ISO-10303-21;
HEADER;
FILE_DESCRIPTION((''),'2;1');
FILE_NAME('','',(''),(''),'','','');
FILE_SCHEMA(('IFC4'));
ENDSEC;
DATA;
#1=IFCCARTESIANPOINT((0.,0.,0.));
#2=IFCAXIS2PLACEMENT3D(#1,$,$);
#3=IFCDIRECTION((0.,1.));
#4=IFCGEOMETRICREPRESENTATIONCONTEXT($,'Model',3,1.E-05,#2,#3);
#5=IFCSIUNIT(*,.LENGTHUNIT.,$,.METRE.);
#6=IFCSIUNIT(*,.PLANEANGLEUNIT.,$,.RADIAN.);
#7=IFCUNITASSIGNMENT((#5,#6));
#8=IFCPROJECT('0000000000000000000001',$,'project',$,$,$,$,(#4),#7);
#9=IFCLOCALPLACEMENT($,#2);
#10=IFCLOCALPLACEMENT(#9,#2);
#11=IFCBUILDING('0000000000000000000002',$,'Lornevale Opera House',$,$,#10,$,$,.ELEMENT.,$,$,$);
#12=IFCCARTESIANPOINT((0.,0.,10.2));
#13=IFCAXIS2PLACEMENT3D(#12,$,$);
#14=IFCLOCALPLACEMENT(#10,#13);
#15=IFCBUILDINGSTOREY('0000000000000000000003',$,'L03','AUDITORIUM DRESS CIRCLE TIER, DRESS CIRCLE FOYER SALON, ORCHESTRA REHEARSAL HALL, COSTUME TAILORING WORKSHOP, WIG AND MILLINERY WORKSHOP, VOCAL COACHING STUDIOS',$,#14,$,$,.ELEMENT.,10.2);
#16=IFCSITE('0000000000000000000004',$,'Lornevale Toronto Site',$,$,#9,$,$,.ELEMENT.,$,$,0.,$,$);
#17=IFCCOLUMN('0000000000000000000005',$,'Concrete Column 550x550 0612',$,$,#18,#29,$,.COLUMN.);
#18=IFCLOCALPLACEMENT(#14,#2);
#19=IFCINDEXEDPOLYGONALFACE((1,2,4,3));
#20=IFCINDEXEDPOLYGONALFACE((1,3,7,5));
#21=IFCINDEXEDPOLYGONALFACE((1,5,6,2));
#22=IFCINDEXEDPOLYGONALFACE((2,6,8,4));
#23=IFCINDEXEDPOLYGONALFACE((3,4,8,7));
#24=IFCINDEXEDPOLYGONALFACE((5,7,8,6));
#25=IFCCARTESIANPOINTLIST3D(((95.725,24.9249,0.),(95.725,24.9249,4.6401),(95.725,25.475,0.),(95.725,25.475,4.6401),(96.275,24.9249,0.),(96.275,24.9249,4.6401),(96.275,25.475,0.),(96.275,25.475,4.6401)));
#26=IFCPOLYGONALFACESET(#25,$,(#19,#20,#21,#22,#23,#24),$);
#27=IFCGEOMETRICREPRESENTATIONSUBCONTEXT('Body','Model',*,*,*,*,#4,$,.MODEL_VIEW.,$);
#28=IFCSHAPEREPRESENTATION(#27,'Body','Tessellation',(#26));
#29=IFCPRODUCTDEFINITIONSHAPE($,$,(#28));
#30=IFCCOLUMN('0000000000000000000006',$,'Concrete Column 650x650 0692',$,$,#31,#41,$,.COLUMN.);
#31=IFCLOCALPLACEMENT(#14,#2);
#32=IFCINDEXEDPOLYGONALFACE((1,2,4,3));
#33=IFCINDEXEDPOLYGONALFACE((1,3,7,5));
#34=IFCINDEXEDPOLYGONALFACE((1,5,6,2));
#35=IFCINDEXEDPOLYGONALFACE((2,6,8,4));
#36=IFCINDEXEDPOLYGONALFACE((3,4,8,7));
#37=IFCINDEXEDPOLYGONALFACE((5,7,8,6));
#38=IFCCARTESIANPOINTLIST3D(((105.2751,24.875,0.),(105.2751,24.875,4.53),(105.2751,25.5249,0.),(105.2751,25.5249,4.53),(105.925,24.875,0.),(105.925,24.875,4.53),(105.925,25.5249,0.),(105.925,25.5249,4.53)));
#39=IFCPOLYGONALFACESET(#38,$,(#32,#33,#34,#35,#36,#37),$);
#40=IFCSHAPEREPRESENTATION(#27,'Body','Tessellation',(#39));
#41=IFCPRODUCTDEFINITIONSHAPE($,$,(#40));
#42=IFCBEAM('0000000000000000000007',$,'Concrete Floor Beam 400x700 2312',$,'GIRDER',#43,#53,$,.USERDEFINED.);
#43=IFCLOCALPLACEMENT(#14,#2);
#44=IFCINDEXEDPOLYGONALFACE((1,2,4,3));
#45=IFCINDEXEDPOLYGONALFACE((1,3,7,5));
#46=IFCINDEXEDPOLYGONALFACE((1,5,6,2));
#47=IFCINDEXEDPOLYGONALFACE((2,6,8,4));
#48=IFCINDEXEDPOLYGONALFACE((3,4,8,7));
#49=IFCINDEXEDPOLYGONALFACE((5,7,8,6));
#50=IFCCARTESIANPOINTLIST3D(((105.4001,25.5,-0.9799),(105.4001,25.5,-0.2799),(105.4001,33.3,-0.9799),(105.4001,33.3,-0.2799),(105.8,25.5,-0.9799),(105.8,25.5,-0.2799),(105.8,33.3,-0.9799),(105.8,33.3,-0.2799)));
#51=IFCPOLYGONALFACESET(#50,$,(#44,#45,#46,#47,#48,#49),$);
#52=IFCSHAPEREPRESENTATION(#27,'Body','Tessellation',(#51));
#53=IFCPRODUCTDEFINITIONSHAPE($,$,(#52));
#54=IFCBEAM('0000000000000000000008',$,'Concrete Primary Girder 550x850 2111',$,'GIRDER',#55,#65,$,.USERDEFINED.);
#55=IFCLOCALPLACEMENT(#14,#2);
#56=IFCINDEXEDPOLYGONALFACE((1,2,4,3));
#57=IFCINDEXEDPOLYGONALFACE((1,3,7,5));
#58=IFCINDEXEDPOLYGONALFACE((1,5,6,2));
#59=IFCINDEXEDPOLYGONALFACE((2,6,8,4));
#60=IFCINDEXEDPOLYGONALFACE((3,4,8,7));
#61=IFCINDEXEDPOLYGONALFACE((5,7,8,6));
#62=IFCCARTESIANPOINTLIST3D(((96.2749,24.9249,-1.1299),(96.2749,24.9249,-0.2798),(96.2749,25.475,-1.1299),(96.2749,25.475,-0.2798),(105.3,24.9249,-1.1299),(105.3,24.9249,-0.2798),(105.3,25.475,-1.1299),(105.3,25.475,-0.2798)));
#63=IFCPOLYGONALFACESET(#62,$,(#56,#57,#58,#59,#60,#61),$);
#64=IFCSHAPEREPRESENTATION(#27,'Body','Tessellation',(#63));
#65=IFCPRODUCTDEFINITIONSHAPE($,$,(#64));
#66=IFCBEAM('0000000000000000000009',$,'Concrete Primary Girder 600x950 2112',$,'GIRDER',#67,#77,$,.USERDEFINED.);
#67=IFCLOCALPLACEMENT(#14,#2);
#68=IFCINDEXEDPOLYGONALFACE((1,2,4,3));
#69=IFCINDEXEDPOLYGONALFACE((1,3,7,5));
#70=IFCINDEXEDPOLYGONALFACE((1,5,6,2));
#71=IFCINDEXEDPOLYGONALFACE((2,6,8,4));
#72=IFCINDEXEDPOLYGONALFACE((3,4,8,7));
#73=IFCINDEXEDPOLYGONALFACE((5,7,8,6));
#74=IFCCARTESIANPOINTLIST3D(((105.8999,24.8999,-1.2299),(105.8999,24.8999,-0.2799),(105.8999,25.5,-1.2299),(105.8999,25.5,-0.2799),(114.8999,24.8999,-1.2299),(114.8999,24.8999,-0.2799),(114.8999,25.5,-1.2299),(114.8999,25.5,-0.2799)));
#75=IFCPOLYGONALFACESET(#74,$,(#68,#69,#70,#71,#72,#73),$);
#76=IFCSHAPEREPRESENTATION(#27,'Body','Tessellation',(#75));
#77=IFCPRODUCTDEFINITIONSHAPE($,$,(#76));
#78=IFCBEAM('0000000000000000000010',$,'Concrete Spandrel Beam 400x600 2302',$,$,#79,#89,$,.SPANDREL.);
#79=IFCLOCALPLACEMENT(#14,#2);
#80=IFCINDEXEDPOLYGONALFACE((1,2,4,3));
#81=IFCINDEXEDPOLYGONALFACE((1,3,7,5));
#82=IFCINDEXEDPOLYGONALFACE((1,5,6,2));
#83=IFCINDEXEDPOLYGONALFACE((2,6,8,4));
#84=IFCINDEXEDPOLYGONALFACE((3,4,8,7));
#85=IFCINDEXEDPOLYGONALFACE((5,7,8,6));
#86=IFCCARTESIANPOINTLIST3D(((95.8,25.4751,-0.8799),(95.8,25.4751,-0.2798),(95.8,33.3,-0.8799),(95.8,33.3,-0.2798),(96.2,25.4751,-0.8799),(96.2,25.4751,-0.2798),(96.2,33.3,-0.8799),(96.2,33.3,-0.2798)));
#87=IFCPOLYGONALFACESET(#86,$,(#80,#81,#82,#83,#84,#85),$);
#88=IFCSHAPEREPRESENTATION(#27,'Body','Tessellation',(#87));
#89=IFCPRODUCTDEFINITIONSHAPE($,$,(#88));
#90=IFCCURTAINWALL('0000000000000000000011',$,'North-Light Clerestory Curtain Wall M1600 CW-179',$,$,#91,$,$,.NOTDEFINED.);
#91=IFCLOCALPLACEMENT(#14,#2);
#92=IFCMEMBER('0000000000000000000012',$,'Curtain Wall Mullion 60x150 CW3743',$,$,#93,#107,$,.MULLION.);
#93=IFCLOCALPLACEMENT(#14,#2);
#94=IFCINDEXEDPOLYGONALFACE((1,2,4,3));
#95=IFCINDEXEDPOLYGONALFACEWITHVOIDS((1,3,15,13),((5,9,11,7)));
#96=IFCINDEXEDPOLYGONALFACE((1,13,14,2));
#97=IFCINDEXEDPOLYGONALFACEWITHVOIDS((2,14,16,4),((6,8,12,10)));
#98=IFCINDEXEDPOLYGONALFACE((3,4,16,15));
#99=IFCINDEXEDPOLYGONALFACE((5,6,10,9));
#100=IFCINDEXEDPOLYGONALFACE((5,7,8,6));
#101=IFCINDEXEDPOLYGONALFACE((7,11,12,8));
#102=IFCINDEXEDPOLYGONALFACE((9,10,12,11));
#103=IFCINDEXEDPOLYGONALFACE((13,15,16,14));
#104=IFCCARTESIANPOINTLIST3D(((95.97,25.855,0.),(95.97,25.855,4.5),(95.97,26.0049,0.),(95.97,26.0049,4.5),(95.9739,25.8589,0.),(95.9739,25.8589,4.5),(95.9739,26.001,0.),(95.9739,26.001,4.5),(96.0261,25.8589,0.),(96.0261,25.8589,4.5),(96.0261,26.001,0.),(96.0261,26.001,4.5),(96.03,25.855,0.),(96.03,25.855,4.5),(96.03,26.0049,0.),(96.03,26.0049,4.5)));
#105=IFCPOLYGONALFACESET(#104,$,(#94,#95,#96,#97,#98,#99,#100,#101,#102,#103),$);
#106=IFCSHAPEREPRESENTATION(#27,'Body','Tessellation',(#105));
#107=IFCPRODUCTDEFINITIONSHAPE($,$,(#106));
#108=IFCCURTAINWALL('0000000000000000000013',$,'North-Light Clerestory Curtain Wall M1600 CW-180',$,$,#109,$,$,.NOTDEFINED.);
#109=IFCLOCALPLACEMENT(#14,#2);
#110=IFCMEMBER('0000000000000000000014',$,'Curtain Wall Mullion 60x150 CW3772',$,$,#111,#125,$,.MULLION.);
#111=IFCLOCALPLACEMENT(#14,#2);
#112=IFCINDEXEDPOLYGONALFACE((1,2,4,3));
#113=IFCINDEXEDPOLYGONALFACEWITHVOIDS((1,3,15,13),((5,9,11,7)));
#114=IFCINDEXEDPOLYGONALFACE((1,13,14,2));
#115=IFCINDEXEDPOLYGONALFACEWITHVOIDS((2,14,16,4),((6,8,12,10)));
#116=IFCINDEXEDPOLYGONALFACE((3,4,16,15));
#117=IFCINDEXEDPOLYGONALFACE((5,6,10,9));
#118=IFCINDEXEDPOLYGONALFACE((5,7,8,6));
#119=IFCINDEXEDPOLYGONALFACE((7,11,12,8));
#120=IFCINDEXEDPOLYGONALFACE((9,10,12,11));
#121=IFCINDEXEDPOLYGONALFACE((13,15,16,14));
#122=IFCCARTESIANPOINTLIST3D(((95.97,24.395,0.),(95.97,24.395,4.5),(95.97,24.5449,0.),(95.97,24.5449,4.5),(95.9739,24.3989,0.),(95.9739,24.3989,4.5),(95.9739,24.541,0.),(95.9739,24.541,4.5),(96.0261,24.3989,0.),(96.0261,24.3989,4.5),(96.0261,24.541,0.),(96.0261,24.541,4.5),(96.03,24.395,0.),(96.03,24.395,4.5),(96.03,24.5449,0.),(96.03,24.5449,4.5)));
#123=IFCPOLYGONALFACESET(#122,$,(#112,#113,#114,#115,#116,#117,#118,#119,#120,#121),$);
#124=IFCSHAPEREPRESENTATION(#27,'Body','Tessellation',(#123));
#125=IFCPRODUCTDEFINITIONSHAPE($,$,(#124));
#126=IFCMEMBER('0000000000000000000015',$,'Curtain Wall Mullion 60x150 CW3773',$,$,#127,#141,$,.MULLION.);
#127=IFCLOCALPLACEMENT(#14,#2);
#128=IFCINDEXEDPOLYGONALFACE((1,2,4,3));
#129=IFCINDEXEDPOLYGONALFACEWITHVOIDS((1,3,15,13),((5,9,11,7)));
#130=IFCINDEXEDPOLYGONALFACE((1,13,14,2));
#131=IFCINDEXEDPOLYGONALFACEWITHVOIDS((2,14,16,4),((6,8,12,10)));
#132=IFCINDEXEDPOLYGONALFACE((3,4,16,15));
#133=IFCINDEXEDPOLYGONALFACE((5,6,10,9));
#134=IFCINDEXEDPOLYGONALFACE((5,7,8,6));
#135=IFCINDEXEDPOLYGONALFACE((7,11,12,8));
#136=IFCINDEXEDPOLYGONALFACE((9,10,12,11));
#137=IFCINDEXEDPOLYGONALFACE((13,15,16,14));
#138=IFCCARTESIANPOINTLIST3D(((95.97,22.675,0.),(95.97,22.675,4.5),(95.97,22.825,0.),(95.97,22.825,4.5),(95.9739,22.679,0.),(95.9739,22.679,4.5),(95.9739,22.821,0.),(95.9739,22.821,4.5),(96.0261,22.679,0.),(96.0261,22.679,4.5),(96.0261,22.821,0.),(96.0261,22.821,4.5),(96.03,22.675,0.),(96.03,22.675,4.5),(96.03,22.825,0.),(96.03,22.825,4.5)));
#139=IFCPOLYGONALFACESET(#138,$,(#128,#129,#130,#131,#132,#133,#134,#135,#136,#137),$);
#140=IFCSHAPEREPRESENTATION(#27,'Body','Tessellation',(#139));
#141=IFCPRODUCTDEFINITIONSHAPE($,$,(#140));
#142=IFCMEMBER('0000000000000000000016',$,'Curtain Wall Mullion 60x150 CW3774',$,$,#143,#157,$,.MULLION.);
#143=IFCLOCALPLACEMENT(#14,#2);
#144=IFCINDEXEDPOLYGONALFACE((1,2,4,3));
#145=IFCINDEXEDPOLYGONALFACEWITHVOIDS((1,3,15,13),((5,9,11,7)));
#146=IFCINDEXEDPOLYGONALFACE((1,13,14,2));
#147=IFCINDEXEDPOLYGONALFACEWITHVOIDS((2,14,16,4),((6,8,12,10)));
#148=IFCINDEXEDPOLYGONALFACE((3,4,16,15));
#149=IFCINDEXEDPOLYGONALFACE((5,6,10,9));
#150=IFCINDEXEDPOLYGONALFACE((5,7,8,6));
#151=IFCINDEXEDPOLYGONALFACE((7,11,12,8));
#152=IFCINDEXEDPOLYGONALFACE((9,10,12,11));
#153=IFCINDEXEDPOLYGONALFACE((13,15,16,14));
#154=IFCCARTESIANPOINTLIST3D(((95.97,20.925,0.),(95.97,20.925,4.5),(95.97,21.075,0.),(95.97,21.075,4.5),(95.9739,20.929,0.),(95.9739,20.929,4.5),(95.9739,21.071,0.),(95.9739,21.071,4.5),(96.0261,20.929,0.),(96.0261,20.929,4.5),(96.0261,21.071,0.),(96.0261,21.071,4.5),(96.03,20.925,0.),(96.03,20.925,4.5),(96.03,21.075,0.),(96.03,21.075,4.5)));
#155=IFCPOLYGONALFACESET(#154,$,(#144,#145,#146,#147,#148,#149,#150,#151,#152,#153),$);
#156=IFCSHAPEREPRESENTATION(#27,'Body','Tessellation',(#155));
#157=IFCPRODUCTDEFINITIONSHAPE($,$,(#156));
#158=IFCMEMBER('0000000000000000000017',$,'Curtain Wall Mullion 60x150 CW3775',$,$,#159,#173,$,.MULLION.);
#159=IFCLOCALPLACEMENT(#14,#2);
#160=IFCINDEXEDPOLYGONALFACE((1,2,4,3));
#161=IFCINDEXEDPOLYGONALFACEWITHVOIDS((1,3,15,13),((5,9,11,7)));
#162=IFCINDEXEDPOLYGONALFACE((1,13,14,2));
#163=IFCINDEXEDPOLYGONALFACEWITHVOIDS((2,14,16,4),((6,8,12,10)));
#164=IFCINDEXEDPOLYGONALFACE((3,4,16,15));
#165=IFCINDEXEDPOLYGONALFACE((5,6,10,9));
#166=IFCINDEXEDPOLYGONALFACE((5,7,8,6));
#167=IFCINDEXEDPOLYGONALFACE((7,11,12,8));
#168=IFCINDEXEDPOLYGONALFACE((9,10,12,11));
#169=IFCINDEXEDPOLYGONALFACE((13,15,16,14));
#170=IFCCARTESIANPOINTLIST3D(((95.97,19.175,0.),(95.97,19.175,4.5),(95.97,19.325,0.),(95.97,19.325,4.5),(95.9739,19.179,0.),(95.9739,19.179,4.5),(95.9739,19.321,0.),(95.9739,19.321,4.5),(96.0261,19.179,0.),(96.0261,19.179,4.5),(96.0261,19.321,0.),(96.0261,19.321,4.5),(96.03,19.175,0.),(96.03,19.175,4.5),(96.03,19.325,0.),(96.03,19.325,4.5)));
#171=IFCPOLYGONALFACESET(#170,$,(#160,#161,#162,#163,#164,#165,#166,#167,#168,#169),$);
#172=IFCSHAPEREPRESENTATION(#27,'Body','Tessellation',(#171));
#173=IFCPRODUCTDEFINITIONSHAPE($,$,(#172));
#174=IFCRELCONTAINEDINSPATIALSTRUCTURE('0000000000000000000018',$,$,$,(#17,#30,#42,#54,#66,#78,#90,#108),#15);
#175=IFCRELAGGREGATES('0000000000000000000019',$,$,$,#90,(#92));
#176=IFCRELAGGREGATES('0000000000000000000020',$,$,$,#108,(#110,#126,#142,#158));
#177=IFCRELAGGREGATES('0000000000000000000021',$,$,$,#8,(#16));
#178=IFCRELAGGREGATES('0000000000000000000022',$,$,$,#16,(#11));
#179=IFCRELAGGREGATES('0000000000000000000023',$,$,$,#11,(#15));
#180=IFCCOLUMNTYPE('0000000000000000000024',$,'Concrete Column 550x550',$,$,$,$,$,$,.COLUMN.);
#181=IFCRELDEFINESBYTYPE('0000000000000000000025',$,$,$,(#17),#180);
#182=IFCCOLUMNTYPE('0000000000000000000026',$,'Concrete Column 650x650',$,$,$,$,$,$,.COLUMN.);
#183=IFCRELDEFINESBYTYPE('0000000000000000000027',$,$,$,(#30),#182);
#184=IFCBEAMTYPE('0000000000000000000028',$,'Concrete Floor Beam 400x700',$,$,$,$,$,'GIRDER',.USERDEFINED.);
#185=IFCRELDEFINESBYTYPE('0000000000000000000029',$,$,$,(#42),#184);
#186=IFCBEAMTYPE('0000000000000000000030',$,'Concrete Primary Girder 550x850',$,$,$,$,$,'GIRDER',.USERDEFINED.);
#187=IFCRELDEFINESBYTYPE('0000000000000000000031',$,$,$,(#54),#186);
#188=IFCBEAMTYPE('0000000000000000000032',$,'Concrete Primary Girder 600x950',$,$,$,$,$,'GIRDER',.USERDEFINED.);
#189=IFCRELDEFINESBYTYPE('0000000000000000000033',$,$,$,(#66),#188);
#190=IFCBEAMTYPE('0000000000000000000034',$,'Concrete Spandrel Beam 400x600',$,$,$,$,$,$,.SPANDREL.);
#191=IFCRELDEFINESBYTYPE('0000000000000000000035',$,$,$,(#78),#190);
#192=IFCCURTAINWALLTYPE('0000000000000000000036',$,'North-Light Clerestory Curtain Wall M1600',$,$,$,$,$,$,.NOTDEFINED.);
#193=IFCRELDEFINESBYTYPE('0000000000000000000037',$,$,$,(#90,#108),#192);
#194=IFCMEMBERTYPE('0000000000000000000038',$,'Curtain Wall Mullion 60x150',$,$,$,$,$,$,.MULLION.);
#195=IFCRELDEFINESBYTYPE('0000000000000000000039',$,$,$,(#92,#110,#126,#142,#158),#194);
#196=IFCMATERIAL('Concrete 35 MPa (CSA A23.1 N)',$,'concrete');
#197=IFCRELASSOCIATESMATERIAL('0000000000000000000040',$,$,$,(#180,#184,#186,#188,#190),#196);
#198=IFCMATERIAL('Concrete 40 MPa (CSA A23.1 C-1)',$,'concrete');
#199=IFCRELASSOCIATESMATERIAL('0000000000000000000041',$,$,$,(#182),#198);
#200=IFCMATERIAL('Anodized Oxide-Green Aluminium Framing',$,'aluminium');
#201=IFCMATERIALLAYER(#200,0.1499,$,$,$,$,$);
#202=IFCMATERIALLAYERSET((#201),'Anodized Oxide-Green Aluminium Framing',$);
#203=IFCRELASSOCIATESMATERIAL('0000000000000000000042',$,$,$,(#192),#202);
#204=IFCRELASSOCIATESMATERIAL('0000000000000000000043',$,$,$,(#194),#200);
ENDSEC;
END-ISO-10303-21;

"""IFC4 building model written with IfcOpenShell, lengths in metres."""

from ifc_helpers import new_model, si_unit, direction, frame, origin, origin_2d, place, context, subcontext, project, spatial, rectangle, hollow_rectangle, extrude, material, layer, layer_set, material_profile, profile_set, type_object, element, aggregate, save


model = new_model("IFC4")

# Units and contexts
model_context = context("Model", 3, precision=1e-05, world=origin(), true_north=direction((0.0, 1.0)))
body_context = subcontext(model_context, "Body", "Model", "MODEL_VIEW")
ifc_project = project(units=[si_unit("LENGTHUNIT", "METRE"), si_unit("PLANEANGLEUNIT", "RADIAN")], contexts=[model_context])

# Site, building, storey
site_placement = place(None, origin())
site = spatial("IfcSite", under=ifc_project, at=site_placement, Name="Lornevale Toronto Site", CompositionType="ELEMENT", RefElevation=0.0)
building_placement = place(site_placement, origin())
building = spatial("IfcBuilding", under=site, at=building_placement, Name="Lornevale Opera House", CompositionType="ELEMENT")
storey_placement = place(building_placement, frame((0.0, 0.0, 10.2)))
storey = spatial("IfcBuildingStorey", under=building, at=storey_placement, Name="L03", Description="AUDITORIUM DRESS CIRCLE TIER, DRESS CIRCLE FOYER SALON, ORCHESTRA REHEARSAL HALL, COSTUME TAILORING WORKSHOP, WIG AND MILLINERY WORKSHOP, VOCAL COACHING STUDIOS", CompositionType="ELEMENT", Elevation=10.2)

# Columns
ifc_material_1 = material(Name="Concrete 35 MPa (CSA A23.1 N)", Category="concrete")
ifc_material_profile_1 = material_profile(ifc_material_1, rectangle(XDim=0.55, YDim=0.55, at=origin_2d()), Name="RC550x550")
ifc_profile_set_1 = profile_set([ifc_material_profile_1], Name="Concrete 35 MPa (CSA A23.1 N)")
column_type_1 = type_object("IfcColumnType", Name="Concrete Column 550x550", PredefinedType="COLUMN", material=ifc_profile_set_1)
column_1_placement = place(storey_placement, frame((96.0, 25.2, 0.0), z_axis=(0.0, 0.0, 1.0), x_axis=(1.0, 0.0, 0.0)))
element("IfcColumn", 1, at=column_1_placement, inside=storey, type_object=column_type_1, Name="Concrete Column 550x550 0612", PredefinedType="COLUMN", context=body_context, shape_type="SweptSolid", body=[
    extrude(rectangle(XDim=0.55, YDim=0.55, at=origin_2d()), origin(), (0.0, 0.0, 1.0), 4.6401),
])
ifc_material_2 = material(Name="Concrete 40 MPa (CSA A23.1 C-1)", Category="concrete")
ifc_material_profile_2 = material_profile(ifc_material_2, rectangle(XDim=0.6499, YDim=0.6499, at=origin_2d()), Name="RC650x650")
ifc_profile_set_2 = profile_set([ifc_material_profile_2], Name="Concrete 40 MPa (CSA A23.1 C-1)")
column_type_2 = type_object("IfcColumnType", Name="Concrete Column 650x650", PredefinedType="COLUMN", material=ifc_profile_set_2)
column_2_placement = place(storey_placement, frame((105.6001, 25.2, 0.0), z_axis=(0.0, 0.0, 1.0), x_axis=(1.0, 0.0, 0.0)))
element("IfcColumn", 2, at=column_2_placement, inside=storey, type_object=column_type_2, Name="Concrete Column 650x650 0692", PredefinedType="COLUMN", context=body_context, shape_type="SweptSolid", body=[
    extrude(rectangle(XDim=0.6499, YDim=0.6499, at=origin_2d()), origin(), (0.0, 0.0, 1.0), 4.53),
])

# Beams
ifc_material_profile_3 = material_profile(ifc_material_1, rectangle(XDim=0.3999, YDim=0.7, at=origin_2d()), Name="RC400x700")
ifc_profile_set_3 = profile_set([ifc_material_profile_3], Name="Concrete 35 MPa (CSA A23.1 N)")
beam_type_1 = type_object("IfcBeamType", Name="Concrete Floor Beam 400x700", ElementType="GIRDER", PredefinedType="USERDEFINED", material=ifc_profile_set_3)
beam_1_placement = place(storey_placement, frame((105.6001, 25.5, -0.6299), z_axis=(0.0, 1.0, 0.0), x_axis=(-1.0, 0.0, 0.0)))
element("IfcBeam", 3, at=beam_1_placement, inside=storey, type_object=beam_type_1, Name="Concrete Floor Beam 400x700 2312", ObjectType="GIRDER", PredefinedType="USERDEFINED", context=body_context, shape_type="SweptSolid", body=[
    extrude(rectangle(XDim=0.3999, YDim=0.7, at=origin_2d()), origin(), (0.0, 0.0, 1.0), 7.8),
])
ifc_material_profile_4 = material_profile(ifc_material_1, rectangle(XDim=0.55, YDim=0.8501, at=origin_2d()), Name="RC550x850")
ifc_profile_set_4 = profile_set([ifc_material_profile_4], Name="Concrete 35 MPa (CSA A23.1 N)")
beam_type_2 = type_object("IfcBeamType", Name="Concrete Primary Girder 550x850", ElementType="GIRDER", PredefinedType="USERDEFINED", material=ifc_profile_set_4)
beam_2_placement = place(storey_placement, frame((96.2749, 25.2, -0.7048), z_axis=(1.0, 0.0, 0.0), x_axis=(0.0, 1.0, 0.0)))
element("IfcBeam", 4, at=beam_2_placement, inside=storey, type_object=beam_type_2, Name="Concrete Primary Girder 550x850 2111", ObjectType="GIRDER", PredefinedType="USERDEFINED", context=body_context, shape_type="SweptSolid", body=[
    extrude(rectangle(XDim=0.55, YDim=0.8501, at=origin_2d()), origin(), (0.0, 0.0, 1.0), 9.0251),
])
ifc_material_profile_5 = material_profile(ifc_material_1, rectangle(XDim=0.6001, YDim=0.95, at=origin_2d()), Name="RC600x950")
ifc_profile_set_5 = profile_set([ifc_material_profile_5], Name="Concrete 35 MPa (CSA A23.1 N)")
beam_type_3 = type_object("IfcBeamType", Name="Concrete Primary Girder 600x950", ElementType="GIRDER", PredefinedType="USERDEFINED", material=ifc_profile_set_5)
beam_3_placement = place(storey_placement, frame((105.8999, 25.2, -0.7549), z_axis=(1.0, 0.0, 0.0), x_axis=(0.0, 1.0, 0.0)))
element("IfcBeam", 5, at=beam_3_placement, inside=storey, type_object=beam_type_3, Name="Concrete Primary Girder 600x950 2112", ObjectType="GIRDER", PredefinedType="USERDEFINED", context=body_context, shape_type="SweptSolid", body=[
    extrude(rectangle(XDim=0.6001, YDim=0.95, at=origin_2d()), origin(), (0.0, 0.0, 1.0), 9.0),
])
ifc_material_profile_6 = material_profile(ifc_material_1, rectangle(XDim=0.3999, YDim=0.6001, at=origin_2d()), Name="RC400x600")
ifc_profile_set_6 = profile_set([ifc_material_profile_6], Name="Concrete 35 MPa (CSA A23.1 N)")
beam_type_4 = type_object("IfcBeamType", Name="Concrete Spandrel Beam 400x600", PredefinedType="SPANDREL", material=ifc_profile_set_6)
beam_4_placement = place(storey_placement, frame((96.0, 25.4751, -0.5798), z_axis=(0.0, 1.0, 0.0), x_axis=(-1.0, 0.0, 0.0)))
element("IfcBeam", 6, at=beam_4_placement, inside=storey, type_object=beam_type_4, Name="Concrete Spandrel Beam 400x600 2302", PredefinedType="SPANDREL", context=body_context, shape_type="SweptSolid", body=[
    extrude(rectangle(XDim=0.3999, YDim=0.6001, at=origin_2d()), origin(), (0.0, 0.0, 1.0), 7.825),
])

# Curtain wall, member
ifc_material_3 = material(Name="Anodized Oxide-Green Aluminium Framing", Category="aluminium")
ifc_layer_1 = layer(ifc_material_3, 0.1499)
ifc_layer_set_1 = layer_set([ifc_layer_1], Name="Anodized Oxide-Green Aluminium Framing")
curtain_wall_type = type_object("IfcCurtainWallType", Name="North-Light Clerestory Curtain Wall M1600", PredefinedType="NOTDEFINED", material=ifc_layer_set_1)
curtain_wall_1_placement = place(storey_placement, origin())
curtain_wall_1 = element("IfcCurtainWall", 7, at=curtain_wall_1_placement, inside=storey, type_object=curtain_wall_type, Name="North-Light Clerestory Curtain Wall M1600 CW-179", PredefinedType="NOTDEFINED")
ifc_material_profile_7 = material_profile(ifc_material_3, hollow_rectangle(XDim=0.0601, YDim=0.1499, WallThickness=0.0039, at=origin_2d()), Name="ALU60x150x4")
ifc_profile_set_7 = profile_set([ifc_material_profile_7], Name="Anodized Oxide-Green Aluminium Framing")
member_type_1 = type_object("IfcMemberType", Name="Curtain Wall Mullion 60x150", PredefinedType="MULLION", material=ifc_profile_set_7)
member_1_placement = place(storey_placement, frame((96.0, 25.9299, 0.0), z_axis=(0.0, 0.0, 1.0), x_axis=(1.0, 0.0, 0.0)))
member_1 = element("IfcMember", 8, at=member_1_placement, type_object=member_type_1, Name="Curtain Wall Mullion 60x150 CW3743", PredefinedType="MULLION", context=body_context, shape_type="SweptSolid", body=[
    extrude(hollow_rectangle(XDim=0.0601, YDim=0.1499, WallThickness=0.0039, at=origin_2d()), origin(), (0.0, 0.0, 1.0), 4.5),
])

# Curtain wall, members
curtain_wall_2_placement = place(storey_placement, origin())
curtain_wall_2 = element("IfcCurtainWall", 9, at=curtain_wall_2_placement, inside=storey, type_object=curtain_wall_type, Name="North-Light Clerestory Curtain Wall M1600 CW-180", PredefinedType="NOTDEFINED")
member_2_placement = place(storey_placement, frame((96.0, 24.47, 0.0), z_axis=(0.0, 0.0, 1.0), x_axis=(1.0, 0.0, 0.0)))
member_2 = element("IfcMember", 10, at=member_2_placement, type_object=member_type_1, Name="Curtain Wall Mullion 60x150 CW3772", PredefinedType="MULLION", context=body_context, shape_type="SweptSolid", body=[
    extrude(hollow_rectangle(XDim=0.0601, YDim=0.1499, WallThickness=0.0039, at=origin_2d()), origin(), (0.0, 0.0, 1.0), 4.5),
])
member_3_placement = place(storey_placement, frame((96.0, 22.75, 0.0), z_axis=(0.0, 0.0, 1.0), x_axis=(1.0, 0.0, 0.0)))
member_3 = element("IfcMember", 11, at=member_3_placement, type_object=member_type_1, Name="Curtain Wall Mullion 60x150 CW3773", PredefinedType="MULLION", context=body_context, shape_type="SweptSolid", body=[
    extrude(hollow_rectangle(XDim=0.0601, YDim=0.1499, WallThickness=0.0039, at=origin_2d()), origin(), (0.0, 0.0, 1.0), 4.5),
])
member_4_placement = place(storey_placement, frame((96.0, 21.0, 0.0), z_axis=(0.0, 0.0, 1.0), x_axis=(1.0, 0.0, 0.0)))
member_4 = element("IfcMember", 12, at=member_4_placement, type_object=member_type_1, Name="Curtain Wall Mullion 60x150 CW3774", PredefinedType="MULLION", context=body_context, shape_type="SweptSolid", body=[
    extrude(hollow_rectangle(XDim=0.0601, YDim=0.1499, WallThickness=0.0039, at=origin_2d()), origin(), (0.0, 0.0, 1.0), 4.5),
])
member_5_placement = place(storey_placement, frame((96.0, 19.25, 0.0), z_axis=(0.0, 0.0, 1.0), x_axis=(1.0, 0.0, 0.0)))
member_5 = element("IfcMember", 13, at=member_5_placement, type_object=member_type_1, Name="Curtain Wall Mullion 60x150 CW3775", PredefinedType="MULLION", context=body_context, shape_type="SweptSolid", body=[
    extrude(hollow_rectangle(XDim=0.0601, YDim=0.1499, WallThickness=0.0039, at=origin_2d()), origin(), (0.0, 0.0, 1.0), 4.5),
])

aggregate(curtain_wall_1, [member_1])
aggregate(curtain_wall_2, [member_2, member_3, member_4, member_5])

save(model, "model.ifc")
